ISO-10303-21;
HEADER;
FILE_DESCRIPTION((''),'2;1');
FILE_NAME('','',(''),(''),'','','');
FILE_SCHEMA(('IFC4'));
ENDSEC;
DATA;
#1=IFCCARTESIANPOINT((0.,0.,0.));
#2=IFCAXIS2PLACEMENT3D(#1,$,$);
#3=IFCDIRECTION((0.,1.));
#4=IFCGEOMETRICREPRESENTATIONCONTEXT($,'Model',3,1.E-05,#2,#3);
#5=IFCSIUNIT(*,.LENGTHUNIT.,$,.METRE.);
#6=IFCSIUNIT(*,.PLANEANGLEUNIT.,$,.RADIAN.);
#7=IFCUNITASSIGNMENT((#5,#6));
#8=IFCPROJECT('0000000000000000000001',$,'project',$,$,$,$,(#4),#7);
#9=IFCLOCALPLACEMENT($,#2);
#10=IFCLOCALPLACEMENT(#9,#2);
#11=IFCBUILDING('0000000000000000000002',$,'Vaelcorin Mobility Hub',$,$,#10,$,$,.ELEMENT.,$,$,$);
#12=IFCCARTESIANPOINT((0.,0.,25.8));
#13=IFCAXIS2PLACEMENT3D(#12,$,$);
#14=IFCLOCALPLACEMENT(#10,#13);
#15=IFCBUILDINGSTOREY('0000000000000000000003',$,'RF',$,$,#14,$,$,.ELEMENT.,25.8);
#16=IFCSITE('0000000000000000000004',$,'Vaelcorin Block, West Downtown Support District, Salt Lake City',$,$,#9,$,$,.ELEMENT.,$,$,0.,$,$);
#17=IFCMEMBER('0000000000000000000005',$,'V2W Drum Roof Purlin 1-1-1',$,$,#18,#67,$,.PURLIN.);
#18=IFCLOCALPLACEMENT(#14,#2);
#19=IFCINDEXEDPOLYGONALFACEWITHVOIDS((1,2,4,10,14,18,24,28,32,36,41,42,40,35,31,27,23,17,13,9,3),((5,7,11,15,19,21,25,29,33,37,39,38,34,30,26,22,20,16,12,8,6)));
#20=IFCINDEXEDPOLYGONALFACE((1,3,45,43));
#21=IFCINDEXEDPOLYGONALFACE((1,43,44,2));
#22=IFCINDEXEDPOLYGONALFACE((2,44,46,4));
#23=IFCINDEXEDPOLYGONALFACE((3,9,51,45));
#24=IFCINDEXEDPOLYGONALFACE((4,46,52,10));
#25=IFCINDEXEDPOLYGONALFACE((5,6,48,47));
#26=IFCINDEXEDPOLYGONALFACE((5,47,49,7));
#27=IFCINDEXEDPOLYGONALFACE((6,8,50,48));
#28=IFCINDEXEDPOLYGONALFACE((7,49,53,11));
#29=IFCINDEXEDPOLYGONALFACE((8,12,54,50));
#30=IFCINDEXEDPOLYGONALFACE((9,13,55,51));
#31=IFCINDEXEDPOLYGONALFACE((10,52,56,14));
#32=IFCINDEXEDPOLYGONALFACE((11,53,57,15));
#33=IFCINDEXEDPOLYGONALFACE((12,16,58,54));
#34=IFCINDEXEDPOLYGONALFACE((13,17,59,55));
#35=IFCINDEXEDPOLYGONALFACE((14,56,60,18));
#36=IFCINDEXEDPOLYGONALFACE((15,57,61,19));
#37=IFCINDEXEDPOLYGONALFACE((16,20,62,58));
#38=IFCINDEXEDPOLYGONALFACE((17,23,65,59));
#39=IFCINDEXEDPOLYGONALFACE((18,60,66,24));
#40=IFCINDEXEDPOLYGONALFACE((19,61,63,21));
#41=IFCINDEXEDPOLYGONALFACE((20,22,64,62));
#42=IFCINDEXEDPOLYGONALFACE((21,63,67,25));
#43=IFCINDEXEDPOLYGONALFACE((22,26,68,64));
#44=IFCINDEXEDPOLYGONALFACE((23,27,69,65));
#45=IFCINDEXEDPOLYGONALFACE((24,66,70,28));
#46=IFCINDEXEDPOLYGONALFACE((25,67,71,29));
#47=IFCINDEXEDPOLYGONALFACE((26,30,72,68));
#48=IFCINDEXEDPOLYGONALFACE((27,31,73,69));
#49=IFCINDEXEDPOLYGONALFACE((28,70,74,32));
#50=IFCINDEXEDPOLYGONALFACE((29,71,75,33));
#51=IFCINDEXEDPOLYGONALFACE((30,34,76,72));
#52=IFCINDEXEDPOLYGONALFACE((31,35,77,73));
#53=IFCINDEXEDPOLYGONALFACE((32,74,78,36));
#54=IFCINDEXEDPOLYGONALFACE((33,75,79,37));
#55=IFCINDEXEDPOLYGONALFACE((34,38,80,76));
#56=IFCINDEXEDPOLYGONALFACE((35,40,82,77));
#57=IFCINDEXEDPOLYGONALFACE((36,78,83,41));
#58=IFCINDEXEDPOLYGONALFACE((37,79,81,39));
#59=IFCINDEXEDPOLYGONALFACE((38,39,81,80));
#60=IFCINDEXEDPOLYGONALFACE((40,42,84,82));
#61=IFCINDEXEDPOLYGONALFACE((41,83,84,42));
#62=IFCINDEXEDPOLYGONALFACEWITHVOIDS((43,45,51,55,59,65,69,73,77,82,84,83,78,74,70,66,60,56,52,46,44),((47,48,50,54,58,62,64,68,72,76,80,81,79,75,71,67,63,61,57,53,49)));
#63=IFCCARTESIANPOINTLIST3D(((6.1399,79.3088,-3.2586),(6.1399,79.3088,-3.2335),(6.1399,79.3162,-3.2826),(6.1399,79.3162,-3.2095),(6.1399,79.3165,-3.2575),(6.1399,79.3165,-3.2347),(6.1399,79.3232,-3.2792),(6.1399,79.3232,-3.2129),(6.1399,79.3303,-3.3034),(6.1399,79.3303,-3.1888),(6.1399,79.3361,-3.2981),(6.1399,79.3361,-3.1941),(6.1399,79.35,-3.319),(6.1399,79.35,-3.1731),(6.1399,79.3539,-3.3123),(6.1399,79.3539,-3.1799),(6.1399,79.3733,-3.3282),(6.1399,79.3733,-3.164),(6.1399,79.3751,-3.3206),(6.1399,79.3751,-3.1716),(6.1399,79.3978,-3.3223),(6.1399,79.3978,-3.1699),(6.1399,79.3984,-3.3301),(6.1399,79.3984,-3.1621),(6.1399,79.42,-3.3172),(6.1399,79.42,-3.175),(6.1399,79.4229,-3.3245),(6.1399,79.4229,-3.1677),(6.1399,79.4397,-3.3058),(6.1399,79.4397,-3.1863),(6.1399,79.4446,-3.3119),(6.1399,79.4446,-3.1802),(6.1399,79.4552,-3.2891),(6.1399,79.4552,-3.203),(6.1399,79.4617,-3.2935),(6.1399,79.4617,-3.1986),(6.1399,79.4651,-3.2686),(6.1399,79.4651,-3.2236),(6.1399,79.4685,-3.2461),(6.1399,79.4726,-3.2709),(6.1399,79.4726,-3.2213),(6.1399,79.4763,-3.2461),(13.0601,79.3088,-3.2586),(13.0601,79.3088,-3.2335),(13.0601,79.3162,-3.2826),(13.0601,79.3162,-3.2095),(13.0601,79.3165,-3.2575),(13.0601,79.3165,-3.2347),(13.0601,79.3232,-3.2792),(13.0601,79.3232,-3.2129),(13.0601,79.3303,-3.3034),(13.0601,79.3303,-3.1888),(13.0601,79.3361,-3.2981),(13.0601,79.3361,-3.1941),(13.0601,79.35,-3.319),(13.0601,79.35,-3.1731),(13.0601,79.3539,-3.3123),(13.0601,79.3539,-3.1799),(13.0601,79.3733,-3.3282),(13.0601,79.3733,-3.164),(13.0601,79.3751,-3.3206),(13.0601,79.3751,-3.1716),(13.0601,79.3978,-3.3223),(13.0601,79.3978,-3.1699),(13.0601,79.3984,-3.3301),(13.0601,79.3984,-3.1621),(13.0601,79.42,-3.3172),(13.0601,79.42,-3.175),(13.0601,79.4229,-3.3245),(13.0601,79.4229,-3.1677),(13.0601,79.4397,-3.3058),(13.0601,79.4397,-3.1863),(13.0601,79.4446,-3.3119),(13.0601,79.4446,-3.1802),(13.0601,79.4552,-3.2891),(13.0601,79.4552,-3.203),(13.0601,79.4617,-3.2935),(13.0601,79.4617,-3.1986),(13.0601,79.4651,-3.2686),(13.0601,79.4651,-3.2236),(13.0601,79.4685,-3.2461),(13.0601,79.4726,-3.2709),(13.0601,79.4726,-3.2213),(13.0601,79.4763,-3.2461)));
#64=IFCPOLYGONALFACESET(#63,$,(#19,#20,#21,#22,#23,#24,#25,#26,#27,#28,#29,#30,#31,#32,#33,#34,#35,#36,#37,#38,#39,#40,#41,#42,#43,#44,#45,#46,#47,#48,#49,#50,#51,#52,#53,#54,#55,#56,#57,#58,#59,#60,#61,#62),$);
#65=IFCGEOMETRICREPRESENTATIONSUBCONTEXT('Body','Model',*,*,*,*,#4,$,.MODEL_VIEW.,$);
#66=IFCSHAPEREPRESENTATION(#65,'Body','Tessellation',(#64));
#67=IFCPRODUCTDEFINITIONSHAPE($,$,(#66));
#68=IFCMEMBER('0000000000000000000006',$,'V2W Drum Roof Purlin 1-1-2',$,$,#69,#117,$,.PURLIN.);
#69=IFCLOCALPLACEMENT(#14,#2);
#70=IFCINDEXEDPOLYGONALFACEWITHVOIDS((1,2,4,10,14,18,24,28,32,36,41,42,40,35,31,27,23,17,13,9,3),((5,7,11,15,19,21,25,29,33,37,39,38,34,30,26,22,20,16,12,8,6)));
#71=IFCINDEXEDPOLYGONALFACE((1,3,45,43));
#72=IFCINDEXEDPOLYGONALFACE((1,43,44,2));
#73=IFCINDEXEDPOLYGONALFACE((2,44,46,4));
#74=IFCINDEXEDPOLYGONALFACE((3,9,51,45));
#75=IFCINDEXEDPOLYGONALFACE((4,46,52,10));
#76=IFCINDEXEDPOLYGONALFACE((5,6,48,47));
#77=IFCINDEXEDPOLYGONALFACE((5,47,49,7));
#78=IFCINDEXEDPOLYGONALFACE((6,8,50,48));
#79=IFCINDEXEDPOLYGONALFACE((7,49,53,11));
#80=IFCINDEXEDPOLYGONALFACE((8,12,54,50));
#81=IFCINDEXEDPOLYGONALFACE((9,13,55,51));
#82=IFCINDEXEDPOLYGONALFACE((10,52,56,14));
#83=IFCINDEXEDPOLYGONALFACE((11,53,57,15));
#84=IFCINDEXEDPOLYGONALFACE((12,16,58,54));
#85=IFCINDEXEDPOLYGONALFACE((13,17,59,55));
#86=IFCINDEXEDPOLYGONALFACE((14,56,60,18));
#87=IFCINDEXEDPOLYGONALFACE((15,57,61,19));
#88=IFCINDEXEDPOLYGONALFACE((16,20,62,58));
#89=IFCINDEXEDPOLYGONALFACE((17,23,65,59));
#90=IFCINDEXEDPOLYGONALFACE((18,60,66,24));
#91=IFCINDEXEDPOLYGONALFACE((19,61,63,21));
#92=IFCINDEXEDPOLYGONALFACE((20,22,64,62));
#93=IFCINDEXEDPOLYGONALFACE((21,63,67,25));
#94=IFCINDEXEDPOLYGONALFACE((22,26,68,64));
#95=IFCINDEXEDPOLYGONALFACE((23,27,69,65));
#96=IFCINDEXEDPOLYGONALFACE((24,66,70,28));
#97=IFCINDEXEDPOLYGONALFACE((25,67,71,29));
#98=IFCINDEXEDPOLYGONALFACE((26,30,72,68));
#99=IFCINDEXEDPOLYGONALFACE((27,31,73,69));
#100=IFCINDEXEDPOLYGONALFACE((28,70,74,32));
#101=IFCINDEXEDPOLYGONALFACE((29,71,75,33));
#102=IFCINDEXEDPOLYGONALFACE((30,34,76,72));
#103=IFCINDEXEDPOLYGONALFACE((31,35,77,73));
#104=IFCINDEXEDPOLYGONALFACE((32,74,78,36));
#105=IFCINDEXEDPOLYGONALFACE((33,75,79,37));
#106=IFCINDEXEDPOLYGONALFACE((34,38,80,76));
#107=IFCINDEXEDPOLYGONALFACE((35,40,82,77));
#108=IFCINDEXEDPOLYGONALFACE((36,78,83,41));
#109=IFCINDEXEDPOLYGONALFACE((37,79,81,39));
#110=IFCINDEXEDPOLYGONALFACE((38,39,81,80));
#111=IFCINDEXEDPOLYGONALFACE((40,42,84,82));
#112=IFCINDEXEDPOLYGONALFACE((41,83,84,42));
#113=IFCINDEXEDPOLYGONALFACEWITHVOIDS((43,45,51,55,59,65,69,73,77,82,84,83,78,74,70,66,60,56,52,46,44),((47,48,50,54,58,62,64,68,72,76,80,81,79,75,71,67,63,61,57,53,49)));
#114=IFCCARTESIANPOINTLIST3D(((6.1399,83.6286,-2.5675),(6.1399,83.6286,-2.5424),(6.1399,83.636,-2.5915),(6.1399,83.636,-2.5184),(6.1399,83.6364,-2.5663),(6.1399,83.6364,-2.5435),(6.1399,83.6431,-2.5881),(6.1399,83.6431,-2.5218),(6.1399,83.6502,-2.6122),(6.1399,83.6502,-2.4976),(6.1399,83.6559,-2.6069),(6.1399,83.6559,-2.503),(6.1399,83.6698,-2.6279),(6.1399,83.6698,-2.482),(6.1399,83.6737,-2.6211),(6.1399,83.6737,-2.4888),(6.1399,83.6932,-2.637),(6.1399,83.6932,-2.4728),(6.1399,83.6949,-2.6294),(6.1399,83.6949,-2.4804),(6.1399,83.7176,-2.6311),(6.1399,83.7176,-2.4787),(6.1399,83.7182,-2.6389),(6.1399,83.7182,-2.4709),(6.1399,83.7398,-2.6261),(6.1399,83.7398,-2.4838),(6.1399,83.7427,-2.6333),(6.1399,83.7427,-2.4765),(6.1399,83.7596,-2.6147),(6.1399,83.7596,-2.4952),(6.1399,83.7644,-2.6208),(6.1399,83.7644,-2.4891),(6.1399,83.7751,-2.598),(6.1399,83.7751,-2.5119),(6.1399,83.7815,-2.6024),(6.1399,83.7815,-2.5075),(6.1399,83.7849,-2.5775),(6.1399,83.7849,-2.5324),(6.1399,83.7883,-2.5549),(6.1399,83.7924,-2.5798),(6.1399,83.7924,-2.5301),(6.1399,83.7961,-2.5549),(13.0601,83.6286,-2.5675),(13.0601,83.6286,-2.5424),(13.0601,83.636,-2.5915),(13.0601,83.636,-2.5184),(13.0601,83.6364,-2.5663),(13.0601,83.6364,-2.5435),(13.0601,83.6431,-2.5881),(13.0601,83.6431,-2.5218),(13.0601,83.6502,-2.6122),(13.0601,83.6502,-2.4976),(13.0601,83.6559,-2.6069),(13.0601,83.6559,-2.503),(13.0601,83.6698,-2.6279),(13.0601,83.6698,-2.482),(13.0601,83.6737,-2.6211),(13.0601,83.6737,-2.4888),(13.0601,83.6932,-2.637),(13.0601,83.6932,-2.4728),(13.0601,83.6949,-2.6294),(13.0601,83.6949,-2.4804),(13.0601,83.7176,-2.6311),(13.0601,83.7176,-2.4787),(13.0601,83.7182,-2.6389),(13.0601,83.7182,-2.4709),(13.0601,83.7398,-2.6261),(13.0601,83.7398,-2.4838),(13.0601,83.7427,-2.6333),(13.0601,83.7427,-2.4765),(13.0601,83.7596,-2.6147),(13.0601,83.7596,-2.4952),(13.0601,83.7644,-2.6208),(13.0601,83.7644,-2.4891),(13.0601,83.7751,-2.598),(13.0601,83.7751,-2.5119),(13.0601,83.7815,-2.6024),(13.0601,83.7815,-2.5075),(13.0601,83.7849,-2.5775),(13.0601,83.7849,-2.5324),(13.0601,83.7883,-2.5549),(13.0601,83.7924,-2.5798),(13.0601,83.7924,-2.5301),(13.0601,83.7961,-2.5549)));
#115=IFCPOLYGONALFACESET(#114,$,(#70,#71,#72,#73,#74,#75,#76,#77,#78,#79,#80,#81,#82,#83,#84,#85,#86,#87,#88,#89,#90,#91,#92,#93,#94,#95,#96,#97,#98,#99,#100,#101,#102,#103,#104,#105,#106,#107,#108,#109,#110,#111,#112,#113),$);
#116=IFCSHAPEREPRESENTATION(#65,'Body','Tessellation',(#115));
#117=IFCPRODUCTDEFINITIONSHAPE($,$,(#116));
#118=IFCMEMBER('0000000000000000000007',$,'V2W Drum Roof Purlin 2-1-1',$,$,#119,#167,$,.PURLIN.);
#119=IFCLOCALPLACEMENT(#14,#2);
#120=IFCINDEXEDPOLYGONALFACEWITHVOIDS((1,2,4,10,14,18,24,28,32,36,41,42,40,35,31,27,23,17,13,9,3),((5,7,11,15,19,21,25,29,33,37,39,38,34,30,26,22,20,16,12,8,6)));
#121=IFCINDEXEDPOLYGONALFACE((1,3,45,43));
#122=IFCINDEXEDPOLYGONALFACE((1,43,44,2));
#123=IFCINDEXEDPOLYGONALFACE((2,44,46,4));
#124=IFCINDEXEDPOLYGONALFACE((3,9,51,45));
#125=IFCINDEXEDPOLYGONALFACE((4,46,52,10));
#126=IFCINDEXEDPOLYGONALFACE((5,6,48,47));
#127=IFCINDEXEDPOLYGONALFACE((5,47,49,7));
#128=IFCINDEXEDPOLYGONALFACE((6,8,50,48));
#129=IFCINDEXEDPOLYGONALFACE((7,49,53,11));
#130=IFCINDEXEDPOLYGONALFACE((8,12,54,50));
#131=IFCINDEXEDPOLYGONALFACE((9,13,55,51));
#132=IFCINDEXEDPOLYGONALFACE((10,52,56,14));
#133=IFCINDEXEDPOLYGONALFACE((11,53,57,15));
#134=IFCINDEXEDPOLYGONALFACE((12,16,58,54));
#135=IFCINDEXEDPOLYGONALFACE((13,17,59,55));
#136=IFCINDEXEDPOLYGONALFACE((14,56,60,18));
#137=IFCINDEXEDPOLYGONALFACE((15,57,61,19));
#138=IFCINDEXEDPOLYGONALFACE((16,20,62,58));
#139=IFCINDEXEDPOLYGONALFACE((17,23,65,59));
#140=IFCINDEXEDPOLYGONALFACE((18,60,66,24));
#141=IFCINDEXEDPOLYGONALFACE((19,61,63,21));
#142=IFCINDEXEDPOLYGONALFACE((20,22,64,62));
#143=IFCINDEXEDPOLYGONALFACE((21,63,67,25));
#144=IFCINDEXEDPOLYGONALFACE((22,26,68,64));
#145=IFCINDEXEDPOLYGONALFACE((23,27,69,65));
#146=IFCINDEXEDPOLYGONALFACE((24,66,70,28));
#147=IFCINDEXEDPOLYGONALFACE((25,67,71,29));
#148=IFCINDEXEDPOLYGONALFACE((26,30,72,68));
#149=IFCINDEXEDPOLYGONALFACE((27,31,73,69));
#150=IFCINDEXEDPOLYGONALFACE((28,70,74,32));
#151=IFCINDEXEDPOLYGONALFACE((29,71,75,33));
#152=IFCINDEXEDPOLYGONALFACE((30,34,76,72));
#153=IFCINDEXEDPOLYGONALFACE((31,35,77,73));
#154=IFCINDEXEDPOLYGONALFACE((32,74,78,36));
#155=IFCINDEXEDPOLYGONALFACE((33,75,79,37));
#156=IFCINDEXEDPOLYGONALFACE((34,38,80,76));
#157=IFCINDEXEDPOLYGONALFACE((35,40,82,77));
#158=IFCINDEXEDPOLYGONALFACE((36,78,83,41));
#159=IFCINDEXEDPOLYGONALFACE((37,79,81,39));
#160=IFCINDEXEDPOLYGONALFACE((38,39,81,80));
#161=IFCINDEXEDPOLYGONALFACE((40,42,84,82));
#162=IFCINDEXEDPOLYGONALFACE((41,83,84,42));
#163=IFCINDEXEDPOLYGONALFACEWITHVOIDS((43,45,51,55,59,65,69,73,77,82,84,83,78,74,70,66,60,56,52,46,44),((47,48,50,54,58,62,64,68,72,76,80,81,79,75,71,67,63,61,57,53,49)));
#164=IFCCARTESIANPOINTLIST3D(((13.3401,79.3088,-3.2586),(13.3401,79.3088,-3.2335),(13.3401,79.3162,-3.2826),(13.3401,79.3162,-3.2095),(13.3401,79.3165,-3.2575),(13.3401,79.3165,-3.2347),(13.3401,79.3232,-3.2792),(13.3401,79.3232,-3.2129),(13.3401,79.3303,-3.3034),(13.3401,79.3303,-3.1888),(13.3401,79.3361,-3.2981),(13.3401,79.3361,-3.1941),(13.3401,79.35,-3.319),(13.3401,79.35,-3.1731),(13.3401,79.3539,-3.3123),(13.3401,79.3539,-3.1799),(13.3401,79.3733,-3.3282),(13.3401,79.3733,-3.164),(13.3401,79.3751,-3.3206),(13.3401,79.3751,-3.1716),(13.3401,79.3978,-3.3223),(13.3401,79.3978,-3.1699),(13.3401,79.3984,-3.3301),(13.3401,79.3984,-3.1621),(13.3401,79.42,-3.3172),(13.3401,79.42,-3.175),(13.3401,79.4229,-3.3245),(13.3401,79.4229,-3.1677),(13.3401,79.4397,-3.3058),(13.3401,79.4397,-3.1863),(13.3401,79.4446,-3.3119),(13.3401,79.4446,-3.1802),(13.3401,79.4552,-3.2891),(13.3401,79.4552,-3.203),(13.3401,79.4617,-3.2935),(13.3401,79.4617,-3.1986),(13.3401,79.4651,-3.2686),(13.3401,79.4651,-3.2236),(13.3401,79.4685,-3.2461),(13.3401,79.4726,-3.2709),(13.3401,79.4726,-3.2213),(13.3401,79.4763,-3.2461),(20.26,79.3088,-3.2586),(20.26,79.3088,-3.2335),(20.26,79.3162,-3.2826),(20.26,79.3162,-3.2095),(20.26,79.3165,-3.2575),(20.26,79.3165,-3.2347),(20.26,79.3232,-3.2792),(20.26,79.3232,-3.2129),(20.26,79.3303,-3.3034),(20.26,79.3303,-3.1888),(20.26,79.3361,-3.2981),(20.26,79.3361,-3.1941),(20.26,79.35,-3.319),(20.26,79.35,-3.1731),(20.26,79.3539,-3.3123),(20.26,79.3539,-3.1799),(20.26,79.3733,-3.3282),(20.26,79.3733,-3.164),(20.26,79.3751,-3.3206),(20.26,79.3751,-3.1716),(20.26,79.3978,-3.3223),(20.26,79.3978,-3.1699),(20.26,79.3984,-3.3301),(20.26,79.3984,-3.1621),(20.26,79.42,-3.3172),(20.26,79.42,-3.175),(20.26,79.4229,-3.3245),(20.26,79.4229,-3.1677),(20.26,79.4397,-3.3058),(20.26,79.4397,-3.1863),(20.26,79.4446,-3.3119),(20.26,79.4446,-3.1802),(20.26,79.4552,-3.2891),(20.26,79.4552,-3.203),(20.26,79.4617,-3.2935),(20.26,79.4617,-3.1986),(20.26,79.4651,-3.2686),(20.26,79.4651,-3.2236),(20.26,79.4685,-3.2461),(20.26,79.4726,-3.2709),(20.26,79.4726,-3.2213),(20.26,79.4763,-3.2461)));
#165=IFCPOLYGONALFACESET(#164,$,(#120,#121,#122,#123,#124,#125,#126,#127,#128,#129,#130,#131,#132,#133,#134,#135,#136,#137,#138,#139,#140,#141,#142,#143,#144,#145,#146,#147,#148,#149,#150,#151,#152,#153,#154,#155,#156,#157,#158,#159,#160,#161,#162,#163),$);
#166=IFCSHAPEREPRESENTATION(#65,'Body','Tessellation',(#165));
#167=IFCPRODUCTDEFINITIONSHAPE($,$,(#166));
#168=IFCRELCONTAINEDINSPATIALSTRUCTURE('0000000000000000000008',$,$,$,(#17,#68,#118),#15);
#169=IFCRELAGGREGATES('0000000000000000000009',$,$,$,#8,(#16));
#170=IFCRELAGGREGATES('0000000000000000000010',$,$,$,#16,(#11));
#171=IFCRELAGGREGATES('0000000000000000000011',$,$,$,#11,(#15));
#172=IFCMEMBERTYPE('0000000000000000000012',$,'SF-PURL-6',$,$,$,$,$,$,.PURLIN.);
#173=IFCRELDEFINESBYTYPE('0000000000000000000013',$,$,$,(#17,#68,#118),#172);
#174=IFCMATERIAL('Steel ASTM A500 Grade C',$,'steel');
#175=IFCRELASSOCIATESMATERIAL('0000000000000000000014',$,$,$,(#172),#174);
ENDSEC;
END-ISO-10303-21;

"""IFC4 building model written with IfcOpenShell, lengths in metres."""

from ifc_helpers import new_model, si_unit, direction, frame, origin, origin_2d, place, context, subcontext, project, spatial, hollow_circle, extrude, material, material_profile, profile_set, type_object, element, save


model = new_model("IFC4")

# Units and contexts
model_context = context("Model", 3, precision=1e-05, world=origin(), true_north=direction((0.0, 1.0)))
body_context = subcontext(model_context, "Body", "Model", "MODEL_VIEW")
ifc_project = project(units=[si_unit("LENGTHUNIT", "METRE"), si_unit("PLANEANGLEUNIT", "RADIAN")], contexts=[model_context])

# Site, building, storey
site_placement = place(None, origin())
site = spatial("IfcSite", under=ifc_project, at=site_placement, Name="Vaelcorin Block, West Downtown Support District, Salt Lake City", CompositionType="ELEMENT", RefElevation=0.0)
building_placement = place(site_placement, origin())
building = spatial("IfcBuilding", under=site, at=building_placement, Name="Vaelcorin Mobility Hub", CompositionType="ELEMENT")
storey_placement = place(building_placement, frame((0.0, 0.0, 25.8)))
storey = spatial("IfcBuildingStorey", under=building, at=storey_placement, Name="RF", CompositionType="ELEMENT", Elevation=25.8)

# Members
ifc_material_1 = material(Name="Steel ASTM A500 Grade C", Category="steel")
ifc_material_profile_1 = material_profile(ifc_material_1, hollow_circle(Radius=0.0842, WallThickness=0.0078, at=origin_2d()), Name="HSS6.625X0.312")
ifc_profile_set_1 = profile_set([ifc_material_profile_1], Name="Steel ASTM A500 Grade C")
member_type_1 = type_object("IfcMemberType", Name="SF-PURL-6", PredefinedType="PURLIN", material=ifc_profile_set_1)
for number, where, z_axis, x_axis, name in (
    (1, (6.1399, 79.3921, -3.2461), (1.0, 0.0, 0.0), (0.0, 1.0, 0.0), "V2W Drum Roof Purlin 1-1-1"),
    (2, (6.1399, 83.7119, -2.5549), (1.0, 0.0, 0.0), (0.0, 1.0, 0.0), "V2W Drum Roof Purlin 1-1-2"),
):
    element("IfcMember", number, at=place(storey_placement, frame(where, z_axis=z_axis, x_axis=x_axis)), inside=storey, type_object=member_type_1, Name=name, PredefinedType="PURLIN", context=body_context, shape_type="SweptSolid", body=[
        extrude(hollow_circle(Radius=0.0842, WallThickness=0.0078, at=origin_2d()), origin(), (0.0, 0.0, 1.0), 6.9202),
    ])
for number, where, z_axis, x_axis, name in (
    (3, (13.3401, 79.3921, -3.2461), (1.0, 0.0, 0.0), (0.0, 1.0, 0.0), "V2W Drum Roof Purlin 2-1-1"),
):
    element("IfcMember", number, at=place(storey_placement, frame(where, z_axis=z_axis, x_axis=x_axis)), inside=storey, type_object=member_type_1, Name=name, PredefinedType="PURLIN", context=body_context, shape_type="SweptSolid", body=[
        extrude(hollow_circle(Radius=0.0842, WallThickness=0.0078, at=origin_2d()), origin(), (0.0, 0.0, 1.0), 6.9199),
    ])

save(model, "model.ifc")
